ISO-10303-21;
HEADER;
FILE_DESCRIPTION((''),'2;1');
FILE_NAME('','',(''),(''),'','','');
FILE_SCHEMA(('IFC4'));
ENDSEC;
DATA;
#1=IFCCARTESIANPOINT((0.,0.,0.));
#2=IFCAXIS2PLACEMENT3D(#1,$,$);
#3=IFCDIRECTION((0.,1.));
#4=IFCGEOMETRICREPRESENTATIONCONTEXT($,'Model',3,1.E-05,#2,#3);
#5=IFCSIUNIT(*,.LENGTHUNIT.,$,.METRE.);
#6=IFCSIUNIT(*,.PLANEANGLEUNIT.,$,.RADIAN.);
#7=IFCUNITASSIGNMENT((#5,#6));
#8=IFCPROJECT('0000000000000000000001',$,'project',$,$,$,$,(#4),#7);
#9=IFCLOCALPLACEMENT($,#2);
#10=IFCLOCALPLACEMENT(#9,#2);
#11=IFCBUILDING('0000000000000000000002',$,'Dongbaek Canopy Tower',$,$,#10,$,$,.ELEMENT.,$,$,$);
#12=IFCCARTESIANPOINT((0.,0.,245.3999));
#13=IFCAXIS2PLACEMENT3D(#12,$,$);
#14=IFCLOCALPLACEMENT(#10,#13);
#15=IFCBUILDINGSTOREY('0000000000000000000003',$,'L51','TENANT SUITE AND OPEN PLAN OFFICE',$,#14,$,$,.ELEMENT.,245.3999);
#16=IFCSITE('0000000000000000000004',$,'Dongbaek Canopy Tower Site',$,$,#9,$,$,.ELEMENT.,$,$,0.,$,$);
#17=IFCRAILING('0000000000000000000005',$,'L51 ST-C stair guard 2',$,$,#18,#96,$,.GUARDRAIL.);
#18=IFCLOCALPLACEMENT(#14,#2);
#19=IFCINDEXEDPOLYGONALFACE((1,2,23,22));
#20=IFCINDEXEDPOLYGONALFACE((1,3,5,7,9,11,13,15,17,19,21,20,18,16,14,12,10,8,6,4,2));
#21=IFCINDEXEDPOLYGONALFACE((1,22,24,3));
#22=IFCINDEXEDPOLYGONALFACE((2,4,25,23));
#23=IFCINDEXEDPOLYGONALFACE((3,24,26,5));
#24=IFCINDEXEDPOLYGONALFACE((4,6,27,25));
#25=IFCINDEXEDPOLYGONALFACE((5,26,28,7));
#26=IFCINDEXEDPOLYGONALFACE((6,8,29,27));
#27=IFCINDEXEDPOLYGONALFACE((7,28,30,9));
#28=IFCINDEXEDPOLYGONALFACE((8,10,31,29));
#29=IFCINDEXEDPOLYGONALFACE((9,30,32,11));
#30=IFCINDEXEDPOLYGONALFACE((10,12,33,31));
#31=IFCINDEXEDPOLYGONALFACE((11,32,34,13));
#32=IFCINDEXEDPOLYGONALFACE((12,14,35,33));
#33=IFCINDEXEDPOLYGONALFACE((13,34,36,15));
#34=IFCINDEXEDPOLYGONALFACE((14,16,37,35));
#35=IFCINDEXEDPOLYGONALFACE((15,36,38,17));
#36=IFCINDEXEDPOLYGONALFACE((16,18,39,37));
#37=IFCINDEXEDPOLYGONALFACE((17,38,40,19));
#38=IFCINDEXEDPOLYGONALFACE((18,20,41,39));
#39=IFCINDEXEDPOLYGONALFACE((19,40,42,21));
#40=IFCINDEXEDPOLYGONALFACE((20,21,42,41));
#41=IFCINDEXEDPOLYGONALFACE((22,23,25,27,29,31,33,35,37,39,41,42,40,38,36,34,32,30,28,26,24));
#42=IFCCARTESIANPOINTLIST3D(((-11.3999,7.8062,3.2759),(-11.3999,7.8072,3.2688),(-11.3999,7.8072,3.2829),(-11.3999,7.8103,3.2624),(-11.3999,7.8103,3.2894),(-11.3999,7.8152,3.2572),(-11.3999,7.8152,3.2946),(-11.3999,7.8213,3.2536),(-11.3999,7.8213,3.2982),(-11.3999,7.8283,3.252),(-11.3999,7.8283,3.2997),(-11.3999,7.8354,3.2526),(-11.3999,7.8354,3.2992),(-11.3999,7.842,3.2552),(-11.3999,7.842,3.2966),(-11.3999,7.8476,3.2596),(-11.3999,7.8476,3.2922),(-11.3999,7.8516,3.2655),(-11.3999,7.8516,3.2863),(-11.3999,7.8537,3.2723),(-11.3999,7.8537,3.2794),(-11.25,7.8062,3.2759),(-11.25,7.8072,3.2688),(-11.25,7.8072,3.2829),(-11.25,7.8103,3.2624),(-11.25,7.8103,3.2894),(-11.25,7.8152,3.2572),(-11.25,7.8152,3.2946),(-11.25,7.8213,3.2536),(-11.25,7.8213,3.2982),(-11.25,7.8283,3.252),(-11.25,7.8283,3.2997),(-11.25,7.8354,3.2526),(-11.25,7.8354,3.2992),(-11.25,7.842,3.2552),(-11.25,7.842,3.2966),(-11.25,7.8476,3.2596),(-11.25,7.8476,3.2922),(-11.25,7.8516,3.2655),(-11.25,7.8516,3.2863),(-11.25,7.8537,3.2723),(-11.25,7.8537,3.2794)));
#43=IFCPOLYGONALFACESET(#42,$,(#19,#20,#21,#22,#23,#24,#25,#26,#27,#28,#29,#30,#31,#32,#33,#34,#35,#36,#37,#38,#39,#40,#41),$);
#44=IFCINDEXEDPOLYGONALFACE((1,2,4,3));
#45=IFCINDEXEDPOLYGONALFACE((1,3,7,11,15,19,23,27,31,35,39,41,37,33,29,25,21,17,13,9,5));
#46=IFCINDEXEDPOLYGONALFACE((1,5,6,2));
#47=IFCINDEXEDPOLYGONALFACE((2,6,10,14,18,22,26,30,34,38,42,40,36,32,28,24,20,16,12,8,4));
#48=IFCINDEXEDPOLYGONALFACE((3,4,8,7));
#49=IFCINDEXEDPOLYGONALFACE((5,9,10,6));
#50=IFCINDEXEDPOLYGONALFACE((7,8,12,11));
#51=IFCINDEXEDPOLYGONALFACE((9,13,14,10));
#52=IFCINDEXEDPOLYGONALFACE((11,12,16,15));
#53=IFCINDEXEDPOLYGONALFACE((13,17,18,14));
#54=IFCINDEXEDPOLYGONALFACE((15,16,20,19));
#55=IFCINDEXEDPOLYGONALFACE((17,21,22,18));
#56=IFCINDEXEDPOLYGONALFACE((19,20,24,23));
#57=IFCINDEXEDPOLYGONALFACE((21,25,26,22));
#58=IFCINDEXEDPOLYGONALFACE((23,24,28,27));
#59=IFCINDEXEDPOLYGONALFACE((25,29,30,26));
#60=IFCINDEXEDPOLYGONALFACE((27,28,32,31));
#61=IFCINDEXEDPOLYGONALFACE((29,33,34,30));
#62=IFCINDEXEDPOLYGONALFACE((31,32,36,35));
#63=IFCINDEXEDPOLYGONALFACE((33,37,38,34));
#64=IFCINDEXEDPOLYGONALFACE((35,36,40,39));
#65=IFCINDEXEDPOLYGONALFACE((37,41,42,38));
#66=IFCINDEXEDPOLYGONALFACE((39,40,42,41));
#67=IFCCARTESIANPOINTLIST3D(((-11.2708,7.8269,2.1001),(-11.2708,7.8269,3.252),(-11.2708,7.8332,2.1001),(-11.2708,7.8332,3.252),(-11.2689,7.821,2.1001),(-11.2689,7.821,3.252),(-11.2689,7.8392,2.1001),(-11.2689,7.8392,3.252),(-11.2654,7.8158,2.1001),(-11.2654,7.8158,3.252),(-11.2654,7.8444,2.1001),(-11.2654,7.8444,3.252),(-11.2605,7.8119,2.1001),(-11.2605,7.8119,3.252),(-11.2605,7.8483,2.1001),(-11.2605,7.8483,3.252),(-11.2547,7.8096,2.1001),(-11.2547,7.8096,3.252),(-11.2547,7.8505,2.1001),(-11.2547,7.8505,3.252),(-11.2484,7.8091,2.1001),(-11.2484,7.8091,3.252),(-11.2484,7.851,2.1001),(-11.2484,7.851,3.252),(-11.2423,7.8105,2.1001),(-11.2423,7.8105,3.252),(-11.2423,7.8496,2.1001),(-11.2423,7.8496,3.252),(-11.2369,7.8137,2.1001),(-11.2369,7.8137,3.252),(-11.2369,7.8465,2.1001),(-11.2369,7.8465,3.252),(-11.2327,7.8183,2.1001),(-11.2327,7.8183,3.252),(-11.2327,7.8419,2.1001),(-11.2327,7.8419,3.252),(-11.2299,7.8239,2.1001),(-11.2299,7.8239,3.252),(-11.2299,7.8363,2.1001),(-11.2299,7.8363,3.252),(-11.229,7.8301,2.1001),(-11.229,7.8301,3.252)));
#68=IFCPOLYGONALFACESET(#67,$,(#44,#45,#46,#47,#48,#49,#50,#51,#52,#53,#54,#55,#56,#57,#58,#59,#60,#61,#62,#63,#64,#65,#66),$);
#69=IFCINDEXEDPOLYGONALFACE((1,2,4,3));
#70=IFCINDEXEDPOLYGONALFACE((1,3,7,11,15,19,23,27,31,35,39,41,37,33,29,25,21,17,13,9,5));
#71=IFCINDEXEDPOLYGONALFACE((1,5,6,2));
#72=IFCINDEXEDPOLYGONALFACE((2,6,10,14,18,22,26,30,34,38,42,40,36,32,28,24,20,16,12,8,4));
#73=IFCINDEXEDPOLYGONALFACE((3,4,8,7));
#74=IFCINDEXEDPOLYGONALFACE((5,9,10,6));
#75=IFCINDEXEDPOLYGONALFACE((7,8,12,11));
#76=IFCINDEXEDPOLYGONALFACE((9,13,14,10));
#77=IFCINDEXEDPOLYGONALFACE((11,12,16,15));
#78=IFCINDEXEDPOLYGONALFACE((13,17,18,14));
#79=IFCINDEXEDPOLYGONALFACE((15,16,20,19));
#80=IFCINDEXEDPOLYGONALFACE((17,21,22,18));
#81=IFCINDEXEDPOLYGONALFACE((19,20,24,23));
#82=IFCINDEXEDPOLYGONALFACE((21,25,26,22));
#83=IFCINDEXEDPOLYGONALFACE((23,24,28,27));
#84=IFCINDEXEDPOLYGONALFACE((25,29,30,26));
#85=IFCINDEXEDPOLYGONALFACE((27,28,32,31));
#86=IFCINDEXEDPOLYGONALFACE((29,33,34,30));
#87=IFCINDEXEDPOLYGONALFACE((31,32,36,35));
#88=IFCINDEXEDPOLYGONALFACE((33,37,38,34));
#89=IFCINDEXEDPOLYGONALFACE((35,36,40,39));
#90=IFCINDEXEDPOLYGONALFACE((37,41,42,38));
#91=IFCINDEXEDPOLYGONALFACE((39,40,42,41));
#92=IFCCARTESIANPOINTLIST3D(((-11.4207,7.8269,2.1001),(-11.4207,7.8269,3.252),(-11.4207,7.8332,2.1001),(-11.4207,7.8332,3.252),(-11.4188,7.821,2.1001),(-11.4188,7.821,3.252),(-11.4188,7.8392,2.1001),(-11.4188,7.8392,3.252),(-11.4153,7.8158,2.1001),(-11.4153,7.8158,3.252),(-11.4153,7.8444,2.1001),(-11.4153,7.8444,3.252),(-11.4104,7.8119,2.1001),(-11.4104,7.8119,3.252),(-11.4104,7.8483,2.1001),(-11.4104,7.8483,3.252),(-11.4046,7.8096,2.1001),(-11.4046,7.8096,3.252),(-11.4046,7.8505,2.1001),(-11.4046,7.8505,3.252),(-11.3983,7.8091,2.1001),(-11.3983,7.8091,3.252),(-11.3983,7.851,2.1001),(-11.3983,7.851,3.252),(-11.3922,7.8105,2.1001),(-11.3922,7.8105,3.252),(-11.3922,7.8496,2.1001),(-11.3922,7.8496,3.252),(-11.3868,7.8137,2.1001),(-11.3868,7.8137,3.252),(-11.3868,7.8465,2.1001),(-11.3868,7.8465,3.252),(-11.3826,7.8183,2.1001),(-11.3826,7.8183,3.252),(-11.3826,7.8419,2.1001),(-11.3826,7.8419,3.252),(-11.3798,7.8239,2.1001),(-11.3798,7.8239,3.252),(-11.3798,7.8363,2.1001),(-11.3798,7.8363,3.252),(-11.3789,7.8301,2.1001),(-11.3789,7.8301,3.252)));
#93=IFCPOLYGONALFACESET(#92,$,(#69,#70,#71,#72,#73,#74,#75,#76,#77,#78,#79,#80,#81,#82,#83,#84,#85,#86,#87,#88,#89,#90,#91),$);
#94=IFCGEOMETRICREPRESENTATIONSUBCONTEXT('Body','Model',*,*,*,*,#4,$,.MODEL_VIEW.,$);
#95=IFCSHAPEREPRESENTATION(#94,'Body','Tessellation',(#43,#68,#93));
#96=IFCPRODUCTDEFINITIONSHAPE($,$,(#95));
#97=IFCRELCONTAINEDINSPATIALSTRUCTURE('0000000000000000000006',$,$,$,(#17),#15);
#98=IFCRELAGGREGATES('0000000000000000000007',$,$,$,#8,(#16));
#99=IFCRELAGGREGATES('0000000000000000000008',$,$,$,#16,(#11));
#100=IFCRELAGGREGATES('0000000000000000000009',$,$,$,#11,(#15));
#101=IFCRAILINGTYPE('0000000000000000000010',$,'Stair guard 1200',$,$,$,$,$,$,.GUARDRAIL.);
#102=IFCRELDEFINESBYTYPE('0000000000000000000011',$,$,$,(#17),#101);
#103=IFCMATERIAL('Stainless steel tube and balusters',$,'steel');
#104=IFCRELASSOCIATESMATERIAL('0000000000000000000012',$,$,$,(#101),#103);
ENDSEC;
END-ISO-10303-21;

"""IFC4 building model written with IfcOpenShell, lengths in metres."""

from ifc_helpers import new_model, si_unit, direction, frame, origin, origin_2d, place, context, subcontext, project, spatial, circle, extrude, material, type_object, element, save


model = new_model("IFC4")

# Units and contexts
model_context = context("Model", 3, precision=1e-05, world=origin(), true_north=direction((0.0, 1.0)))
body_context = subcontext(model_context, "Body", "Model", "MODEL_VIEW")
ifc_project = project(units=[si_unit("LENGTHUNIT", "METRE"), si_unit("PLANEANGLEUNIT", "RADIAN")], contexts=[model_context])

# Site, building, storey
site_placement = place(None, origin())
site = spatial("IfcSite", under=ifc_project, at=site_placement, Name="Dongbaek Canopy Tower Site", CompositionType="ELEMENT", RefElevation=0.0)
building_placement = place(site_placement, origin())
building = spatial("IfcBuilding", under=site, at=building_placement, Name="Dongbaek Canopy Tower", CompositionType="ELEMENT")
storey_placement = place(building_placement, frame((0.0, 0.0, 245.3999)))
storey = spatial("IfcBuildingStorey", under=building, at=storey_placement, Name="L51", Description="TENANT SUITE AND OPEN PLAN OFFICE", CompositionType="ELEMENT", Elevation=245.3999)

# Railing
ifc_material_1 = material(Name="Stainless steel tube and balusters", Category="steel")
railing_type_1 = type_object("IfcRailingType", Name="Stair guard 1200", PredefinedType="GUARDRAIL", material=ifc_material_1)
railing_1_placement = place(storey_placement, frame((-11.25, 7.8301, 2.1001)))
element("IfcRailing", 1, at=railing_1_placement, inside=storey, type_object=railing_type_1, Name="L51 ST-C stair guard 2", PredefinedType="GUARDRAIL", context=body_context, shape_type="SweptSolid", body=[
    extrude(circle(Radius=0.0239, at=origin_2d()), frame((0.0, 0.0, 1.1758), z_axis=(-1.0, 0.0, 0.0), x_axis=(0.0, -1.0, 0.0)), (0.0, 0.0, 1.0), 0.1499),
    extrude(circle(Radius=0.021, at=origin_2d()), origin(), (0.0, 0.0, 1.0), 1.1519),
    extrude(circle(Radius=0.021, at=origin_2d()), frame((-0.1499, 0.0, 0.0)), (0.0, 0.0, 1.0), 1.1519),
])

save(model, "model.ifc")
